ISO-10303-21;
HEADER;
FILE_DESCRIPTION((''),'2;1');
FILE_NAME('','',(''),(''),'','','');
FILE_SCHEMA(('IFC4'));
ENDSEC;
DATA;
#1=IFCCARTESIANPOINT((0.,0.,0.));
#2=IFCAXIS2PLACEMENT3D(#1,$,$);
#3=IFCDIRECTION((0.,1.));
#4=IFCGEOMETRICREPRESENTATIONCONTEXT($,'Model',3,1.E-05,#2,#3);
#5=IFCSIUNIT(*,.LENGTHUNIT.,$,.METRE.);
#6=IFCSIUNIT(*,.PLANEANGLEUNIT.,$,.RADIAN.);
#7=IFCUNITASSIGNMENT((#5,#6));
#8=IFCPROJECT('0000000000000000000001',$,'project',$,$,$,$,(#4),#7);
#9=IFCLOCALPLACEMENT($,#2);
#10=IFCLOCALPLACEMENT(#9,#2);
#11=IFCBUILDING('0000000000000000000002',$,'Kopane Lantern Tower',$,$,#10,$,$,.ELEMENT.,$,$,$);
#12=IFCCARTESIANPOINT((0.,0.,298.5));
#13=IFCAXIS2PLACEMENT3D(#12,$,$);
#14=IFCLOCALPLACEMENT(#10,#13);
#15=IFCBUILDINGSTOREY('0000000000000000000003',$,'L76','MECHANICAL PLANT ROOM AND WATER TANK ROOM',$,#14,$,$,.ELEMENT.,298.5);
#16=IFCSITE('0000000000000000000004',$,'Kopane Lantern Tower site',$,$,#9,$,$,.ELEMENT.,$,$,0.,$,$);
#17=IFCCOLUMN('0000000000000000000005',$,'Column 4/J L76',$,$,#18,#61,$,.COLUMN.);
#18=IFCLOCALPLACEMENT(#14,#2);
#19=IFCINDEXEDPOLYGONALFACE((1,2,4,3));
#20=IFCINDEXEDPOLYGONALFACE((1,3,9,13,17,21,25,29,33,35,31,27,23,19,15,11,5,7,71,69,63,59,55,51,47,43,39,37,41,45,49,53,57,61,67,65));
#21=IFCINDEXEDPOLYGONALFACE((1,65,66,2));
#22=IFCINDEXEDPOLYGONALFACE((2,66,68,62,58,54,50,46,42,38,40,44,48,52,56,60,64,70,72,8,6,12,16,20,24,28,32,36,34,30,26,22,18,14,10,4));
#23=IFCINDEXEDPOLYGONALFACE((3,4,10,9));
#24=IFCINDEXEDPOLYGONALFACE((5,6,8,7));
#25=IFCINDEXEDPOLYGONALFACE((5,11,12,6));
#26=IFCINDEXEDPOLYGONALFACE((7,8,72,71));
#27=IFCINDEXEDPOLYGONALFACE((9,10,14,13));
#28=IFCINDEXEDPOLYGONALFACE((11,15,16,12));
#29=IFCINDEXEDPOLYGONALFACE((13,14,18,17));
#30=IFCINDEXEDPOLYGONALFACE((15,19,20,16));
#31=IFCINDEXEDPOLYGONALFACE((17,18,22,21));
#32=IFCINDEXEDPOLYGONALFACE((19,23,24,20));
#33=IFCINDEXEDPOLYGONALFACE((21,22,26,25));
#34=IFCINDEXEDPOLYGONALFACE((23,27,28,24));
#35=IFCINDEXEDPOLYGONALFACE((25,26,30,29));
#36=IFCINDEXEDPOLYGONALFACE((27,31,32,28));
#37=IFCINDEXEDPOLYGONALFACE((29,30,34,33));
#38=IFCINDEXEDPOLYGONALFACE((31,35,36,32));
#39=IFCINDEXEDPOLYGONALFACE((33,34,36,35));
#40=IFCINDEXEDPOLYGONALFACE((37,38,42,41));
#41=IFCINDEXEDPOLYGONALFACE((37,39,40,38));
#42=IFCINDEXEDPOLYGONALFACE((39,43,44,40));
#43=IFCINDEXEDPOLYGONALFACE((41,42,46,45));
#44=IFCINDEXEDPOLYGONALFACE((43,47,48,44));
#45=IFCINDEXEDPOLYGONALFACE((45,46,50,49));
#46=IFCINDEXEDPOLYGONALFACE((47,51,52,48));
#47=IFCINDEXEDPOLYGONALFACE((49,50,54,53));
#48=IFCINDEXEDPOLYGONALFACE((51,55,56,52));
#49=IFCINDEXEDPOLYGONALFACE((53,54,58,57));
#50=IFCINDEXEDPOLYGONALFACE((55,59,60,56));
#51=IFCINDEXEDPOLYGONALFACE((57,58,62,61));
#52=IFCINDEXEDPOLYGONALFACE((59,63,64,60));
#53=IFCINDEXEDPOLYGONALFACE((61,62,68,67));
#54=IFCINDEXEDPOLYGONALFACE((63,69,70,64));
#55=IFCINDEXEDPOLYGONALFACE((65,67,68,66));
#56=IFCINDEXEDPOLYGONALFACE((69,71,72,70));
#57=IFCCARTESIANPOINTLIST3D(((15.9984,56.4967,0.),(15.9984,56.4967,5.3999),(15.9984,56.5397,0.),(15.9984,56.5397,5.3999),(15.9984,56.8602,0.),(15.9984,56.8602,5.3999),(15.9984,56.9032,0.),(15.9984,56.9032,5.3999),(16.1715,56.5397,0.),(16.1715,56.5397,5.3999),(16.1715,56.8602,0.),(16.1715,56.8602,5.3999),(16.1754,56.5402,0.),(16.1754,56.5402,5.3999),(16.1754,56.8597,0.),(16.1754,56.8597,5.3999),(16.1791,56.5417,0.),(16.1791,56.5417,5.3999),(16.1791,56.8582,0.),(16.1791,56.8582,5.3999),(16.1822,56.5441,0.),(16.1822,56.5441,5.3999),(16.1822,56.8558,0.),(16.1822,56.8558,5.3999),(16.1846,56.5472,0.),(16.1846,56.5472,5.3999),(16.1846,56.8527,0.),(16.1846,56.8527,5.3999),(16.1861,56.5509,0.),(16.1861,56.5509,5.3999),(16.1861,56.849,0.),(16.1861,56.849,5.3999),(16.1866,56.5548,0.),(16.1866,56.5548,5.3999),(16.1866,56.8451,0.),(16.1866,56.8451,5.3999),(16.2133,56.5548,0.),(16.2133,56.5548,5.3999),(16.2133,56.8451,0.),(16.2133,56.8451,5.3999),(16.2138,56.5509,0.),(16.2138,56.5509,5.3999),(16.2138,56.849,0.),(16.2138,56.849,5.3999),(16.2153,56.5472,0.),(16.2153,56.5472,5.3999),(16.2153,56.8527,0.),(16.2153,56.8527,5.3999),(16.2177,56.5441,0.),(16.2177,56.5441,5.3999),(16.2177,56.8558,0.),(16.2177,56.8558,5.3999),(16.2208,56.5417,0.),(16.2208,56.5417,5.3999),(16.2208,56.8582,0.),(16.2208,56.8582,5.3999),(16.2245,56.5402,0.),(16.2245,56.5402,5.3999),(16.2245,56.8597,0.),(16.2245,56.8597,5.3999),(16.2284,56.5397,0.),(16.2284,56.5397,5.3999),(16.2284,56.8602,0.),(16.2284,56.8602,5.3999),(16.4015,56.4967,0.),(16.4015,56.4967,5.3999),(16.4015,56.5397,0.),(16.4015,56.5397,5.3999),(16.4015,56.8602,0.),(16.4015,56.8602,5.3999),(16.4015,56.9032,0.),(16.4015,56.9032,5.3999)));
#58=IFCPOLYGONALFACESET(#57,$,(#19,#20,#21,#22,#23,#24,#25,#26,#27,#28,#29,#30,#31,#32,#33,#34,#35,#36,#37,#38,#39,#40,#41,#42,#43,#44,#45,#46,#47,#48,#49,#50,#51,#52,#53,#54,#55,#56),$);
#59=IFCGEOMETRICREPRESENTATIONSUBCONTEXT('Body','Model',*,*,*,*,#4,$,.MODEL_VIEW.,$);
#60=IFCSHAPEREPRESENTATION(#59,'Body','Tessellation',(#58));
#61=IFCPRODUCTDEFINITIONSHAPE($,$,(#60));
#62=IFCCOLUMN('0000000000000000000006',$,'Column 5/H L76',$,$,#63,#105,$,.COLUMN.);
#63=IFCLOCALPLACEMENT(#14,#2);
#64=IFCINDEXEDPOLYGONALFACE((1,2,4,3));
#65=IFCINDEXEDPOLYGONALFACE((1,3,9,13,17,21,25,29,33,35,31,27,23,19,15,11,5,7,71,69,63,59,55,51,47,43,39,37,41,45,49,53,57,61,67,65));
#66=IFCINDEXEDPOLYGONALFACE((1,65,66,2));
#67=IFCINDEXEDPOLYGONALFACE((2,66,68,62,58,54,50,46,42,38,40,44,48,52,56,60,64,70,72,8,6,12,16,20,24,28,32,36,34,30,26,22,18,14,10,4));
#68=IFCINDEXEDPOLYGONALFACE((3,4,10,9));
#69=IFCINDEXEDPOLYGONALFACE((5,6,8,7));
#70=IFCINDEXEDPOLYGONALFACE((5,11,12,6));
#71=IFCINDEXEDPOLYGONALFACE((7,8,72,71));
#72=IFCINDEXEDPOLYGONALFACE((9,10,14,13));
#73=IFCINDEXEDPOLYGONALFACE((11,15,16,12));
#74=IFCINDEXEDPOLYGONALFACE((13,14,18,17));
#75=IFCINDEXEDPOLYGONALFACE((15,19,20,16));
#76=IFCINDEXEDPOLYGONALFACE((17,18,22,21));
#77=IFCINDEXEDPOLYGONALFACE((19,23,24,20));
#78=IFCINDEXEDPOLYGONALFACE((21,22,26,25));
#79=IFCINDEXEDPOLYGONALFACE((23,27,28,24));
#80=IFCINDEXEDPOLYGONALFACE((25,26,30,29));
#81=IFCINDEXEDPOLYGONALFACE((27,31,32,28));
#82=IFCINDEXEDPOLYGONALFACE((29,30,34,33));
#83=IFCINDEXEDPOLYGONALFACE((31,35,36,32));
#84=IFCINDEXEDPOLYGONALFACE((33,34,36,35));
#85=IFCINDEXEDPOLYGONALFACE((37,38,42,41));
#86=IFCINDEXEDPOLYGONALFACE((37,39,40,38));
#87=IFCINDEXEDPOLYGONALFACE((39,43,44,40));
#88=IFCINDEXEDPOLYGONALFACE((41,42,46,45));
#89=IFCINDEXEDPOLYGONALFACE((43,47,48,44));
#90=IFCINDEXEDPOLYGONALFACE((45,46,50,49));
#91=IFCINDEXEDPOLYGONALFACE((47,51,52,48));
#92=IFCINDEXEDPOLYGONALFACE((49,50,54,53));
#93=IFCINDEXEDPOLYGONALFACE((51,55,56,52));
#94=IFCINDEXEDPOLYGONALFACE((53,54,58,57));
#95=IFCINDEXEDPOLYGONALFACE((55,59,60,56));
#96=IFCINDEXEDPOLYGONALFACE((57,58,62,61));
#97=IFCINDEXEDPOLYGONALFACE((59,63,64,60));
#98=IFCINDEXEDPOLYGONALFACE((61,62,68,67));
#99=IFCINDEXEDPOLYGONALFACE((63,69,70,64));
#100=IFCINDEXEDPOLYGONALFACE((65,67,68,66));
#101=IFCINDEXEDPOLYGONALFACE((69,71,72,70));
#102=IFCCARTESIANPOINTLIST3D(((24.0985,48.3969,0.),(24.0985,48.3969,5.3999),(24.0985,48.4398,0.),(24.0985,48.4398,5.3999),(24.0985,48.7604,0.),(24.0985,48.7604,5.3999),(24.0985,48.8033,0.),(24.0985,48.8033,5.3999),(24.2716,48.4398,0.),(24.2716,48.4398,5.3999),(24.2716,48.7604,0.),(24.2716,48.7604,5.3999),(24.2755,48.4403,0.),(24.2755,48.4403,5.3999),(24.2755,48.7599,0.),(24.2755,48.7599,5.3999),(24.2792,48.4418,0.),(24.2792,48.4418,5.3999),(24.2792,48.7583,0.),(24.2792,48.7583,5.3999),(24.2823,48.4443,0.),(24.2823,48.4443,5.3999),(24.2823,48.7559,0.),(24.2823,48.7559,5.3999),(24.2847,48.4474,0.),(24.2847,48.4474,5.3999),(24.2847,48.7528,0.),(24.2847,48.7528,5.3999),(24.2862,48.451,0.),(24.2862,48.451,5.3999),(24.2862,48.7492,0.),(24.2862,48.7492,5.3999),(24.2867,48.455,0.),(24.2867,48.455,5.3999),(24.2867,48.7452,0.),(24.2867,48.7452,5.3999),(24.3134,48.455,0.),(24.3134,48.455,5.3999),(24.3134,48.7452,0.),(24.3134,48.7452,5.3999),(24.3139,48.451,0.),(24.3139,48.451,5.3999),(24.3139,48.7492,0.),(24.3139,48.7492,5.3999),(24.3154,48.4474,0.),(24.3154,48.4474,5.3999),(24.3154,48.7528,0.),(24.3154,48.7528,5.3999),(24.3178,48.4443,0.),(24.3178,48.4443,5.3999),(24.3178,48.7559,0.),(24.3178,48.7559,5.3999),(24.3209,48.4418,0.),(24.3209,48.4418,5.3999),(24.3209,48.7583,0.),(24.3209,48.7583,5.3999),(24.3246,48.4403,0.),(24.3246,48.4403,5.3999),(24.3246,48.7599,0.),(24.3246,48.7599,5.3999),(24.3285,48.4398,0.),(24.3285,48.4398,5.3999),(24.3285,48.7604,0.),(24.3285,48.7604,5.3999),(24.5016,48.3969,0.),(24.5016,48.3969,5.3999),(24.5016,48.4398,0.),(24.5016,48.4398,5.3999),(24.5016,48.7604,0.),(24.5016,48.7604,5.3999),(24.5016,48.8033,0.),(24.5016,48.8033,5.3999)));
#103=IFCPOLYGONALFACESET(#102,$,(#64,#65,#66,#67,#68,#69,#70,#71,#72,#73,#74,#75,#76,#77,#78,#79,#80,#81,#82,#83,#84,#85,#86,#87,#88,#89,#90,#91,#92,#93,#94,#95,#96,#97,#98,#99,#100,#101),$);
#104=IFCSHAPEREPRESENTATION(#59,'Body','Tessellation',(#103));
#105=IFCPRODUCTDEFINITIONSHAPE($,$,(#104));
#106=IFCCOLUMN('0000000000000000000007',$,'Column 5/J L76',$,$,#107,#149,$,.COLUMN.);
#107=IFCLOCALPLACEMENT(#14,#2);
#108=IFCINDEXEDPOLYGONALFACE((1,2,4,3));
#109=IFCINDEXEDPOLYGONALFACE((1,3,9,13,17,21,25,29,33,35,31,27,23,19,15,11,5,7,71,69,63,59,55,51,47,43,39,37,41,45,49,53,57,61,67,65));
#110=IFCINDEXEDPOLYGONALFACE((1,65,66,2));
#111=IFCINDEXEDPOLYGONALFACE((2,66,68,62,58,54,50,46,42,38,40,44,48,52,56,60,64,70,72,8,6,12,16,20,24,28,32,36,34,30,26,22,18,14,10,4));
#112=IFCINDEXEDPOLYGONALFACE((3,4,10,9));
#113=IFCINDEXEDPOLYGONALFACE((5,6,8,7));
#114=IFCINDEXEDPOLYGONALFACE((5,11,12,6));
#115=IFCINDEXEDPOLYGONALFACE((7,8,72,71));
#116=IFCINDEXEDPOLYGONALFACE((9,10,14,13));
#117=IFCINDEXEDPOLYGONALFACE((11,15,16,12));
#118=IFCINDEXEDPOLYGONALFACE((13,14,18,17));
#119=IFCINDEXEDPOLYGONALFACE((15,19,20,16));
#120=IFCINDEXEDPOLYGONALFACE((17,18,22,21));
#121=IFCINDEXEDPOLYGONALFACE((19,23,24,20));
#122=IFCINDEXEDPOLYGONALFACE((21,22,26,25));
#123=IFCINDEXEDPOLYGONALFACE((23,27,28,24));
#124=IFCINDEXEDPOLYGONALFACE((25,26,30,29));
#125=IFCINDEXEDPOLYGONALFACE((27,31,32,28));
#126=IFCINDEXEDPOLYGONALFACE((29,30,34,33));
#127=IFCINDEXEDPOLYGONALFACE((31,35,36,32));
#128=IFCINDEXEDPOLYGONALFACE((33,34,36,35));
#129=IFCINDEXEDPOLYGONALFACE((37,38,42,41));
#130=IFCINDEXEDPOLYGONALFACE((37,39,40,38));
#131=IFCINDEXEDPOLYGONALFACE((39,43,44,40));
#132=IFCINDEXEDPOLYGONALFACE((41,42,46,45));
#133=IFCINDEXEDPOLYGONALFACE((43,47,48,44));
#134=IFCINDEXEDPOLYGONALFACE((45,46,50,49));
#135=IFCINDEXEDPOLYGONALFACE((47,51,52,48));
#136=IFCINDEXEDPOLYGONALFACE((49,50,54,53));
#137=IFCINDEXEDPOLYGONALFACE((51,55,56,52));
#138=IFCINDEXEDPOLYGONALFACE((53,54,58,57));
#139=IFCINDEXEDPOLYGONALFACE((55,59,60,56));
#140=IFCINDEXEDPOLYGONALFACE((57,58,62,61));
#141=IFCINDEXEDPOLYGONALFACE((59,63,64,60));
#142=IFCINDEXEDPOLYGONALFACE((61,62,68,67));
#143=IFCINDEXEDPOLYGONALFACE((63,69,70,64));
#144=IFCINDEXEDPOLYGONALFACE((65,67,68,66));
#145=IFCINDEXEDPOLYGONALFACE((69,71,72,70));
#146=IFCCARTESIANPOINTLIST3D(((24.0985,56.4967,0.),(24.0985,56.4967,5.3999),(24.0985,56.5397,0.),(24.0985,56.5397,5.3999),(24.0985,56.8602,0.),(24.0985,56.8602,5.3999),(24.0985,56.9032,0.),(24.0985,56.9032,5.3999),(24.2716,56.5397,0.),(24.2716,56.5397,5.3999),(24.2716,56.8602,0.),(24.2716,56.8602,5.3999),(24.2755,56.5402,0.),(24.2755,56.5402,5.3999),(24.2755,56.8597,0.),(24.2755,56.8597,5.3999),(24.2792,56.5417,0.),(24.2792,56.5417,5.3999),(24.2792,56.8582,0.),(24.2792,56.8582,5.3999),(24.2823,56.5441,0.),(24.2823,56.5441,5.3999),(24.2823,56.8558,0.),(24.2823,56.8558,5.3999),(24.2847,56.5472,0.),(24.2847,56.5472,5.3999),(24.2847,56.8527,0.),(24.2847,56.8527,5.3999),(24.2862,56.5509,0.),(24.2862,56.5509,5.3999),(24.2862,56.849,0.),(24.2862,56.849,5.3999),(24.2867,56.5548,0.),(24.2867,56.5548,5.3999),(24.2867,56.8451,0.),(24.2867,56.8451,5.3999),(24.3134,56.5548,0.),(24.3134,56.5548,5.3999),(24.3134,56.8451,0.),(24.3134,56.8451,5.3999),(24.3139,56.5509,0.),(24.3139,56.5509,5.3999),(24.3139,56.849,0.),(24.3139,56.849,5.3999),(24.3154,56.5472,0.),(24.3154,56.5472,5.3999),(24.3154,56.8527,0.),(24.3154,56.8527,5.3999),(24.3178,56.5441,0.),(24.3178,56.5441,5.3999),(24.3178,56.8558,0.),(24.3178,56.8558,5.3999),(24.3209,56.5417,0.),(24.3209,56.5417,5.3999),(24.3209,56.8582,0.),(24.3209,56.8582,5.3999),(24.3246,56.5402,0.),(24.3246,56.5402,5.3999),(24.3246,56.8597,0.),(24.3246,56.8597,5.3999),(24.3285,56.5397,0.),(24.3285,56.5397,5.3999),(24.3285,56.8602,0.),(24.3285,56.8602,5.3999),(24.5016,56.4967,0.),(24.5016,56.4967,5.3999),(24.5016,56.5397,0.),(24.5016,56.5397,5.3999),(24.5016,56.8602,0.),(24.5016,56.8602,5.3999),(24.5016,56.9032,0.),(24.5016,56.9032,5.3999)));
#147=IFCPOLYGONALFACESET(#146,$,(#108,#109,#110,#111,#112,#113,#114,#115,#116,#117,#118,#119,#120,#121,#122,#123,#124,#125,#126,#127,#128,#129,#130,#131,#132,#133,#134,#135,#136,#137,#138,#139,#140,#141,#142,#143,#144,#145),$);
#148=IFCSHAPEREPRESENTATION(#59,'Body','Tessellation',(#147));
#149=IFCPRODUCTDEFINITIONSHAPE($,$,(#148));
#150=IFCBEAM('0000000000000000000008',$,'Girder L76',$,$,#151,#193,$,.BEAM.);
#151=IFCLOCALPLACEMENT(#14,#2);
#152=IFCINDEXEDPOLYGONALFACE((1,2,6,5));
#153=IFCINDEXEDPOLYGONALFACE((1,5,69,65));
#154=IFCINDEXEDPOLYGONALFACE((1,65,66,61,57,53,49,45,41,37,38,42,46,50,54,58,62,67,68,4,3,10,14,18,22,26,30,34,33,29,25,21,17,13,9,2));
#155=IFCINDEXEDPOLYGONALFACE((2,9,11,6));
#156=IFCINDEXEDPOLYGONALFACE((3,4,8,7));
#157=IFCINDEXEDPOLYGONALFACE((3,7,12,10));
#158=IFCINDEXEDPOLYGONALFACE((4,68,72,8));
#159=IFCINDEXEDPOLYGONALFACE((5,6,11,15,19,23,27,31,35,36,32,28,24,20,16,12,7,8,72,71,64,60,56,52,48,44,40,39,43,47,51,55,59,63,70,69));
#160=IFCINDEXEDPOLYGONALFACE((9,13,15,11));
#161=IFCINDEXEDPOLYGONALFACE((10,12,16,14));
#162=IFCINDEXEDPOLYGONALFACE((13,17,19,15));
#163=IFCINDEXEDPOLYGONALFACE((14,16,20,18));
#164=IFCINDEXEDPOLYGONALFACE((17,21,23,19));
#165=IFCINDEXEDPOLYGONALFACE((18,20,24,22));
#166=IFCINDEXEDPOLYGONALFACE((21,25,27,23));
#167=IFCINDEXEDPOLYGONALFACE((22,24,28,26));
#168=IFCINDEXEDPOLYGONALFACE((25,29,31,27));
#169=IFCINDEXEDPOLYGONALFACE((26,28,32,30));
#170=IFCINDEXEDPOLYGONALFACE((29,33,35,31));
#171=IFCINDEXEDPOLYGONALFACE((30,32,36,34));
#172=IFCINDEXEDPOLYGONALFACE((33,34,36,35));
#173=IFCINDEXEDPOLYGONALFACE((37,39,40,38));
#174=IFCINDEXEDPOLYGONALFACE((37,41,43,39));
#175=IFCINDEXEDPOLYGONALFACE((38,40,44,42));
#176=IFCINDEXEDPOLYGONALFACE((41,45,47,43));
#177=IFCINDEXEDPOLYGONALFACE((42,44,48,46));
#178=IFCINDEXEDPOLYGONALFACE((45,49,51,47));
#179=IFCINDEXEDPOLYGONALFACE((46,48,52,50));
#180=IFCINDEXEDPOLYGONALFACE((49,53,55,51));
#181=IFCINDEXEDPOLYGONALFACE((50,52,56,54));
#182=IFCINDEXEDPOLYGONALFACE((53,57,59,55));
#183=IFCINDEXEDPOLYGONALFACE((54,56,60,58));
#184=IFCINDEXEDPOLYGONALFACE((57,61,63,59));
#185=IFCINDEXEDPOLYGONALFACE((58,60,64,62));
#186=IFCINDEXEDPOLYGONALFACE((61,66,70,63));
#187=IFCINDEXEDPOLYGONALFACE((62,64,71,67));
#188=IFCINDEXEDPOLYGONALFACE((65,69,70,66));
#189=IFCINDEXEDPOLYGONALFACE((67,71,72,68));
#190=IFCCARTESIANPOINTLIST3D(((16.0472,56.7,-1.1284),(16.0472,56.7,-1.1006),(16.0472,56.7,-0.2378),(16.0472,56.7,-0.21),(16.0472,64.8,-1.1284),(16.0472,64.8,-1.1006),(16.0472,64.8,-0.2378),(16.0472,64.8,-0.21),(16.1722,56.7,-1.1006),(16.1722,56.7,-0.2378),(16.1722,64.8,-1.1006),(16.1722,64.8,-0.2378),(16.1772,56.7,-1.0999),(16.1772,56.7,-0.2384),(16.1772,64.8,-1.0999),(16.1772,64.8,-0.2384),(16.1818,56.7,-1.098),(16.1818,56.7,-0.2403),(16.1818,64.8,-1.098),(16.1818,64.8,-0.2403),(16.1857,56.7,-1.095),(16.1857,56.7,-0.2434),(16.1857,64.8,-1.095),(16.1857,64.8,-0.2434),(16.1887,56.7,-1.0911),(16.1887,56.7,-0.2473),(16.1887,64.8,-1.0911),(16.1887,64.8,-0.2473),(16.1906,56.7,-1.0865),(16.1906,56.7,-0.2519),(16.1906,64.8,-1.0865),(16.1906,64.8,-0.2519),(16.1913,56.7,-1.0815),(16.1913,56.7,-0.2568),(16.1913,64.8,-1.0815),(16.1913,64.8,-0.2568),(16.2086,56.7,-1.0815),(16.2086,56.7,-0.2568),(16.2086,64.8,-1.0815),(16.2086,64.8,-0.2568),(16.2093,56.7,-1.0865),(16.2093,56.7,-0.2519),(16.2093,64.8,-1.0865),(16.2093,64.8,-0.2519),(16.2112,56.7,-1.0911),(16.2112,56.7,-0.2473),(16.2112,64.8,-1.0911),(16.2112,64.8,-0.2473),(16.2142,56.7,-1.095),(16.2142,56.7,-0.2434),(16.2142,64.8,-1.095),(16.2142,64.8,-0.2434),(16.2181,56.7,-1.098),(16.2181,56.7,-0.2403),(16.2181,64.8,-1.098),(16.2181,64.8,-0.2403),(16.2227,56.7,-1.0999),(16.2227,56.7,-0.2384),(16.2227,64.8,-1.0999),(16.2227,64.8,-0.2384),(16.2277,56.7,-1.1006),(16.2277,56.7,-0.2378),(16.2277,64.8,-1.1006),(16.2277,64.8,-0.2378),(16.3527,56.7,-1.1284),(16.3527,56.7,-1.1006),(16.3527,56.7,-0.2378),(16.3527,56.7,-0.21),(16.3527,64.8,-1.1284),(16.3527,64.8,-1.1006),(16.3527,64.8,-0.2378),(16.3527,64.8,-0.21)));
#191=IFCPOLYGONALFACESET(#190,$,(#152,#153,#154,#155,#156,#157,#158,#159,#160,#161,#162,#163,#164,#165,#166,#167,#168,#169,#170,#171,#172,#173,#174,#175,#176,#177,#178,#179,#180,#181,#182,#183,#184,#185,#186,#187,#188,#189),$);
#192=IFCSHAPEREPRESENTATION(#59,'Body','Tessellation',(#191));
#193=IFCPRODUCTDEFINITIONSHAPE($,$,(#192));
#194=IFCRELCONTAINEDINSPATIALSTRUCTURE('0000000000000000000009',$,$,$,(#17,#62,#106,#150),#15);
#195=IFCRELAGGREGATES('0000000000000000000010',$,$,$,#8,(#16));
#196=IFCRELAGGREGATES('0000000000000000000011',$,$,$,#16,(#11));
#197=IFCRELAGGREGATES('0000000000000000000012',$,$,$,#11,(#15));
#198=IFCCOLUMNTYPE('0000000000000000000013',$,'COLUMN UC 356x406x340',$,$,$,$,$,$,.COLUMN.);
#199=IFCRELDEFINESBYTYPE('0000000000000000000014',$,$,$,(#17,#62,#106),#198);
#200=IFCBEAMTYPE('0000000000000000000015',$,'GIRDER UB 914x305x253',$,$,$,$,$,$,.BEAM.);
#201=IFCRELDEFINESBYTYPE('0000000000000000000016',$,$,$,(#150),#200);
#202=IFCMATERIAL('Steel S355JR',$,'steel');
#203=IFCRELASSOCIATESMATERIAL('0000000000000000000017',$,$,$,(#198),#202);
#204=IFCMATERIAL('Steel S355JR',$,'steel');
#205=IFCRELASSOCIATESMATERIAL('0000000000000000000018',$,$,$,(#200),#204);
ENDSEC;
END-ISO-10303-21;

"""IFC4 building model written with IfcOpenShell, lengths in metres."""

from ifc_helpers import new_model, si_unit, direction, frame, origin, origin_2d, place, context, subcontext, project, spatial, i_section, extrude, material, material_profile, profile_set, type_object, element, save


model = new_model("IFC4")

# Units and contexts
model_context = context("Model", 3, precision=1e-05, world=origin(), true_north=direction((0.0, 1.0)))
body_context = subcontext(model_context, "Body", "Model", "MODEL_VIEW")
ifc_project = project(units=[si_unit("LENGTHUNIT", "METRE"), si_unit("PLANEANGLEUNIT", "RADIAN")], contexts=[model_context])

# Site, building, storey
site_placement = place(None, origin())
site = spatial("IfcSite", under=ifc_project, at=site_placement, Name="Kopane Lantern Tower site", CompositionType="ELEMENT", RefElevation=0.0)
building_placement = place(site_placement, origin())
building = spatial("IfcBuilding", under=site, at=building_placement, Name="Kopane Lantern Tower", CompositionType="ELEMENT")
storey_placement = place(building_placement, frame((0.0, 0.0, 298.5)))
storey = spatial("IfcBuildingStorey", under=building, at=storey_placement, Name="L76", Description="MECHANICAL PLANT ROOM AND WATER TANK ROOM", CompositionType="ELEMENT", Elevation=298.5)

# Columns
ifc_material_1 = material(Name="Steel S355JR", Category="steel")
ifc_material_profile_1 = material_profile(ifc_material_1, i_section(OverallWidth=0.4031, OverallDepth=0.4065, WebThickness=0.0266, FlangeThickness=0.043, FilletRadius=0.0151, at=origin_2d()), Name="UC 356x406x340")
ifc_profile_set_1 = profile_set([ifc_material_profile_1], Name="Steel S355JR")
column_type = type_object("IfcColumnType", Name="COLUMN UC 356x406x340", PredefinedType="COLUMN", material=ifc_profile_set_1)
for number, where, z_axis, x_axis, name in (
    (1, (16.2, 56.7, 0.0), (0.0, 0.0, 1.0), (1.0, 0.0, 0.0), "Column 4/J L76"),
    (2, (24.3, 48.6001, 0.0), (0.0, 0.0, 1.0), (1.0, 0.0, 0.0), "Column 5/H L76"),
    (3, (24.3, 56.7, 0.0), (0.0, 0.0, 1.0), (1.0, 0.0, 0.0), "Column 5/J L76"),
):
    element("IfcColumn", number, at=place(storey_placement, frame(where, z_axis=z_axis, x_axis=x_axis)), inside=storey, type_object=column_type, Name=name, PredefinedType="COLUMN", context=body_context, shape_type="SweptSolid", body=[
        extrude(i_section(OverallWidth=0.4031, OverallDepth=0.4065, WebThickness=0.0266, FlangeThickness=0.043, FilletRadius=0.0151, at=origin_2d()), origin(), (0.0, 0.0, 1.0), 5.3999),
    ])

# Beam
ifc_material_2 = material(Name="Steel S355JR", Category="steel")
ifc_material_profile_2 = material_profile(ifc_material_2, i_section(OverallWidth=0.3054, OverallDepth=0.9185, WebThickness=0.0173, FlangeThickness=0.0278, FilletRadius=0.019, at=origin_2d()), Name="UB 914x305x253")
ifc_profile_set_2 = profile_set([ifc_material_profile_2], Name="Steel S355JR")
beam_type = type_object("IfcBeamType", Name="GIRDER UB 914x305x253", PredefinedType="BEAM", material=ifc_profile_set_2)
for number, where, z_axis, x_axis, name in (
    (4, (16.2, 56.7, -0.6692), (0.0, 1.0, 0.0), (-1.0, 0.0, 0.0), "Girder L76"),
):
    element("IfcBeam", number, at=place(storey_placement, frame(where, z_axis=z_axis, x_axis=x_axis)), inside=storey, type_object=beam_type, Name=name, PredefinedType="BEAM", context=body_context, shape_type="SweptSolid", body=[
        extrude(i_section(OverallWidth=0.3054, OverallDepth=0.9185, WebThickness=0.0173, FlangeThickness=0.0278, FilletRadius=0.019, at=origin_2d()), origin(), (0.0, 0.0, 1.0), 8.1001),
    ])

save(model, "model.ifc")
